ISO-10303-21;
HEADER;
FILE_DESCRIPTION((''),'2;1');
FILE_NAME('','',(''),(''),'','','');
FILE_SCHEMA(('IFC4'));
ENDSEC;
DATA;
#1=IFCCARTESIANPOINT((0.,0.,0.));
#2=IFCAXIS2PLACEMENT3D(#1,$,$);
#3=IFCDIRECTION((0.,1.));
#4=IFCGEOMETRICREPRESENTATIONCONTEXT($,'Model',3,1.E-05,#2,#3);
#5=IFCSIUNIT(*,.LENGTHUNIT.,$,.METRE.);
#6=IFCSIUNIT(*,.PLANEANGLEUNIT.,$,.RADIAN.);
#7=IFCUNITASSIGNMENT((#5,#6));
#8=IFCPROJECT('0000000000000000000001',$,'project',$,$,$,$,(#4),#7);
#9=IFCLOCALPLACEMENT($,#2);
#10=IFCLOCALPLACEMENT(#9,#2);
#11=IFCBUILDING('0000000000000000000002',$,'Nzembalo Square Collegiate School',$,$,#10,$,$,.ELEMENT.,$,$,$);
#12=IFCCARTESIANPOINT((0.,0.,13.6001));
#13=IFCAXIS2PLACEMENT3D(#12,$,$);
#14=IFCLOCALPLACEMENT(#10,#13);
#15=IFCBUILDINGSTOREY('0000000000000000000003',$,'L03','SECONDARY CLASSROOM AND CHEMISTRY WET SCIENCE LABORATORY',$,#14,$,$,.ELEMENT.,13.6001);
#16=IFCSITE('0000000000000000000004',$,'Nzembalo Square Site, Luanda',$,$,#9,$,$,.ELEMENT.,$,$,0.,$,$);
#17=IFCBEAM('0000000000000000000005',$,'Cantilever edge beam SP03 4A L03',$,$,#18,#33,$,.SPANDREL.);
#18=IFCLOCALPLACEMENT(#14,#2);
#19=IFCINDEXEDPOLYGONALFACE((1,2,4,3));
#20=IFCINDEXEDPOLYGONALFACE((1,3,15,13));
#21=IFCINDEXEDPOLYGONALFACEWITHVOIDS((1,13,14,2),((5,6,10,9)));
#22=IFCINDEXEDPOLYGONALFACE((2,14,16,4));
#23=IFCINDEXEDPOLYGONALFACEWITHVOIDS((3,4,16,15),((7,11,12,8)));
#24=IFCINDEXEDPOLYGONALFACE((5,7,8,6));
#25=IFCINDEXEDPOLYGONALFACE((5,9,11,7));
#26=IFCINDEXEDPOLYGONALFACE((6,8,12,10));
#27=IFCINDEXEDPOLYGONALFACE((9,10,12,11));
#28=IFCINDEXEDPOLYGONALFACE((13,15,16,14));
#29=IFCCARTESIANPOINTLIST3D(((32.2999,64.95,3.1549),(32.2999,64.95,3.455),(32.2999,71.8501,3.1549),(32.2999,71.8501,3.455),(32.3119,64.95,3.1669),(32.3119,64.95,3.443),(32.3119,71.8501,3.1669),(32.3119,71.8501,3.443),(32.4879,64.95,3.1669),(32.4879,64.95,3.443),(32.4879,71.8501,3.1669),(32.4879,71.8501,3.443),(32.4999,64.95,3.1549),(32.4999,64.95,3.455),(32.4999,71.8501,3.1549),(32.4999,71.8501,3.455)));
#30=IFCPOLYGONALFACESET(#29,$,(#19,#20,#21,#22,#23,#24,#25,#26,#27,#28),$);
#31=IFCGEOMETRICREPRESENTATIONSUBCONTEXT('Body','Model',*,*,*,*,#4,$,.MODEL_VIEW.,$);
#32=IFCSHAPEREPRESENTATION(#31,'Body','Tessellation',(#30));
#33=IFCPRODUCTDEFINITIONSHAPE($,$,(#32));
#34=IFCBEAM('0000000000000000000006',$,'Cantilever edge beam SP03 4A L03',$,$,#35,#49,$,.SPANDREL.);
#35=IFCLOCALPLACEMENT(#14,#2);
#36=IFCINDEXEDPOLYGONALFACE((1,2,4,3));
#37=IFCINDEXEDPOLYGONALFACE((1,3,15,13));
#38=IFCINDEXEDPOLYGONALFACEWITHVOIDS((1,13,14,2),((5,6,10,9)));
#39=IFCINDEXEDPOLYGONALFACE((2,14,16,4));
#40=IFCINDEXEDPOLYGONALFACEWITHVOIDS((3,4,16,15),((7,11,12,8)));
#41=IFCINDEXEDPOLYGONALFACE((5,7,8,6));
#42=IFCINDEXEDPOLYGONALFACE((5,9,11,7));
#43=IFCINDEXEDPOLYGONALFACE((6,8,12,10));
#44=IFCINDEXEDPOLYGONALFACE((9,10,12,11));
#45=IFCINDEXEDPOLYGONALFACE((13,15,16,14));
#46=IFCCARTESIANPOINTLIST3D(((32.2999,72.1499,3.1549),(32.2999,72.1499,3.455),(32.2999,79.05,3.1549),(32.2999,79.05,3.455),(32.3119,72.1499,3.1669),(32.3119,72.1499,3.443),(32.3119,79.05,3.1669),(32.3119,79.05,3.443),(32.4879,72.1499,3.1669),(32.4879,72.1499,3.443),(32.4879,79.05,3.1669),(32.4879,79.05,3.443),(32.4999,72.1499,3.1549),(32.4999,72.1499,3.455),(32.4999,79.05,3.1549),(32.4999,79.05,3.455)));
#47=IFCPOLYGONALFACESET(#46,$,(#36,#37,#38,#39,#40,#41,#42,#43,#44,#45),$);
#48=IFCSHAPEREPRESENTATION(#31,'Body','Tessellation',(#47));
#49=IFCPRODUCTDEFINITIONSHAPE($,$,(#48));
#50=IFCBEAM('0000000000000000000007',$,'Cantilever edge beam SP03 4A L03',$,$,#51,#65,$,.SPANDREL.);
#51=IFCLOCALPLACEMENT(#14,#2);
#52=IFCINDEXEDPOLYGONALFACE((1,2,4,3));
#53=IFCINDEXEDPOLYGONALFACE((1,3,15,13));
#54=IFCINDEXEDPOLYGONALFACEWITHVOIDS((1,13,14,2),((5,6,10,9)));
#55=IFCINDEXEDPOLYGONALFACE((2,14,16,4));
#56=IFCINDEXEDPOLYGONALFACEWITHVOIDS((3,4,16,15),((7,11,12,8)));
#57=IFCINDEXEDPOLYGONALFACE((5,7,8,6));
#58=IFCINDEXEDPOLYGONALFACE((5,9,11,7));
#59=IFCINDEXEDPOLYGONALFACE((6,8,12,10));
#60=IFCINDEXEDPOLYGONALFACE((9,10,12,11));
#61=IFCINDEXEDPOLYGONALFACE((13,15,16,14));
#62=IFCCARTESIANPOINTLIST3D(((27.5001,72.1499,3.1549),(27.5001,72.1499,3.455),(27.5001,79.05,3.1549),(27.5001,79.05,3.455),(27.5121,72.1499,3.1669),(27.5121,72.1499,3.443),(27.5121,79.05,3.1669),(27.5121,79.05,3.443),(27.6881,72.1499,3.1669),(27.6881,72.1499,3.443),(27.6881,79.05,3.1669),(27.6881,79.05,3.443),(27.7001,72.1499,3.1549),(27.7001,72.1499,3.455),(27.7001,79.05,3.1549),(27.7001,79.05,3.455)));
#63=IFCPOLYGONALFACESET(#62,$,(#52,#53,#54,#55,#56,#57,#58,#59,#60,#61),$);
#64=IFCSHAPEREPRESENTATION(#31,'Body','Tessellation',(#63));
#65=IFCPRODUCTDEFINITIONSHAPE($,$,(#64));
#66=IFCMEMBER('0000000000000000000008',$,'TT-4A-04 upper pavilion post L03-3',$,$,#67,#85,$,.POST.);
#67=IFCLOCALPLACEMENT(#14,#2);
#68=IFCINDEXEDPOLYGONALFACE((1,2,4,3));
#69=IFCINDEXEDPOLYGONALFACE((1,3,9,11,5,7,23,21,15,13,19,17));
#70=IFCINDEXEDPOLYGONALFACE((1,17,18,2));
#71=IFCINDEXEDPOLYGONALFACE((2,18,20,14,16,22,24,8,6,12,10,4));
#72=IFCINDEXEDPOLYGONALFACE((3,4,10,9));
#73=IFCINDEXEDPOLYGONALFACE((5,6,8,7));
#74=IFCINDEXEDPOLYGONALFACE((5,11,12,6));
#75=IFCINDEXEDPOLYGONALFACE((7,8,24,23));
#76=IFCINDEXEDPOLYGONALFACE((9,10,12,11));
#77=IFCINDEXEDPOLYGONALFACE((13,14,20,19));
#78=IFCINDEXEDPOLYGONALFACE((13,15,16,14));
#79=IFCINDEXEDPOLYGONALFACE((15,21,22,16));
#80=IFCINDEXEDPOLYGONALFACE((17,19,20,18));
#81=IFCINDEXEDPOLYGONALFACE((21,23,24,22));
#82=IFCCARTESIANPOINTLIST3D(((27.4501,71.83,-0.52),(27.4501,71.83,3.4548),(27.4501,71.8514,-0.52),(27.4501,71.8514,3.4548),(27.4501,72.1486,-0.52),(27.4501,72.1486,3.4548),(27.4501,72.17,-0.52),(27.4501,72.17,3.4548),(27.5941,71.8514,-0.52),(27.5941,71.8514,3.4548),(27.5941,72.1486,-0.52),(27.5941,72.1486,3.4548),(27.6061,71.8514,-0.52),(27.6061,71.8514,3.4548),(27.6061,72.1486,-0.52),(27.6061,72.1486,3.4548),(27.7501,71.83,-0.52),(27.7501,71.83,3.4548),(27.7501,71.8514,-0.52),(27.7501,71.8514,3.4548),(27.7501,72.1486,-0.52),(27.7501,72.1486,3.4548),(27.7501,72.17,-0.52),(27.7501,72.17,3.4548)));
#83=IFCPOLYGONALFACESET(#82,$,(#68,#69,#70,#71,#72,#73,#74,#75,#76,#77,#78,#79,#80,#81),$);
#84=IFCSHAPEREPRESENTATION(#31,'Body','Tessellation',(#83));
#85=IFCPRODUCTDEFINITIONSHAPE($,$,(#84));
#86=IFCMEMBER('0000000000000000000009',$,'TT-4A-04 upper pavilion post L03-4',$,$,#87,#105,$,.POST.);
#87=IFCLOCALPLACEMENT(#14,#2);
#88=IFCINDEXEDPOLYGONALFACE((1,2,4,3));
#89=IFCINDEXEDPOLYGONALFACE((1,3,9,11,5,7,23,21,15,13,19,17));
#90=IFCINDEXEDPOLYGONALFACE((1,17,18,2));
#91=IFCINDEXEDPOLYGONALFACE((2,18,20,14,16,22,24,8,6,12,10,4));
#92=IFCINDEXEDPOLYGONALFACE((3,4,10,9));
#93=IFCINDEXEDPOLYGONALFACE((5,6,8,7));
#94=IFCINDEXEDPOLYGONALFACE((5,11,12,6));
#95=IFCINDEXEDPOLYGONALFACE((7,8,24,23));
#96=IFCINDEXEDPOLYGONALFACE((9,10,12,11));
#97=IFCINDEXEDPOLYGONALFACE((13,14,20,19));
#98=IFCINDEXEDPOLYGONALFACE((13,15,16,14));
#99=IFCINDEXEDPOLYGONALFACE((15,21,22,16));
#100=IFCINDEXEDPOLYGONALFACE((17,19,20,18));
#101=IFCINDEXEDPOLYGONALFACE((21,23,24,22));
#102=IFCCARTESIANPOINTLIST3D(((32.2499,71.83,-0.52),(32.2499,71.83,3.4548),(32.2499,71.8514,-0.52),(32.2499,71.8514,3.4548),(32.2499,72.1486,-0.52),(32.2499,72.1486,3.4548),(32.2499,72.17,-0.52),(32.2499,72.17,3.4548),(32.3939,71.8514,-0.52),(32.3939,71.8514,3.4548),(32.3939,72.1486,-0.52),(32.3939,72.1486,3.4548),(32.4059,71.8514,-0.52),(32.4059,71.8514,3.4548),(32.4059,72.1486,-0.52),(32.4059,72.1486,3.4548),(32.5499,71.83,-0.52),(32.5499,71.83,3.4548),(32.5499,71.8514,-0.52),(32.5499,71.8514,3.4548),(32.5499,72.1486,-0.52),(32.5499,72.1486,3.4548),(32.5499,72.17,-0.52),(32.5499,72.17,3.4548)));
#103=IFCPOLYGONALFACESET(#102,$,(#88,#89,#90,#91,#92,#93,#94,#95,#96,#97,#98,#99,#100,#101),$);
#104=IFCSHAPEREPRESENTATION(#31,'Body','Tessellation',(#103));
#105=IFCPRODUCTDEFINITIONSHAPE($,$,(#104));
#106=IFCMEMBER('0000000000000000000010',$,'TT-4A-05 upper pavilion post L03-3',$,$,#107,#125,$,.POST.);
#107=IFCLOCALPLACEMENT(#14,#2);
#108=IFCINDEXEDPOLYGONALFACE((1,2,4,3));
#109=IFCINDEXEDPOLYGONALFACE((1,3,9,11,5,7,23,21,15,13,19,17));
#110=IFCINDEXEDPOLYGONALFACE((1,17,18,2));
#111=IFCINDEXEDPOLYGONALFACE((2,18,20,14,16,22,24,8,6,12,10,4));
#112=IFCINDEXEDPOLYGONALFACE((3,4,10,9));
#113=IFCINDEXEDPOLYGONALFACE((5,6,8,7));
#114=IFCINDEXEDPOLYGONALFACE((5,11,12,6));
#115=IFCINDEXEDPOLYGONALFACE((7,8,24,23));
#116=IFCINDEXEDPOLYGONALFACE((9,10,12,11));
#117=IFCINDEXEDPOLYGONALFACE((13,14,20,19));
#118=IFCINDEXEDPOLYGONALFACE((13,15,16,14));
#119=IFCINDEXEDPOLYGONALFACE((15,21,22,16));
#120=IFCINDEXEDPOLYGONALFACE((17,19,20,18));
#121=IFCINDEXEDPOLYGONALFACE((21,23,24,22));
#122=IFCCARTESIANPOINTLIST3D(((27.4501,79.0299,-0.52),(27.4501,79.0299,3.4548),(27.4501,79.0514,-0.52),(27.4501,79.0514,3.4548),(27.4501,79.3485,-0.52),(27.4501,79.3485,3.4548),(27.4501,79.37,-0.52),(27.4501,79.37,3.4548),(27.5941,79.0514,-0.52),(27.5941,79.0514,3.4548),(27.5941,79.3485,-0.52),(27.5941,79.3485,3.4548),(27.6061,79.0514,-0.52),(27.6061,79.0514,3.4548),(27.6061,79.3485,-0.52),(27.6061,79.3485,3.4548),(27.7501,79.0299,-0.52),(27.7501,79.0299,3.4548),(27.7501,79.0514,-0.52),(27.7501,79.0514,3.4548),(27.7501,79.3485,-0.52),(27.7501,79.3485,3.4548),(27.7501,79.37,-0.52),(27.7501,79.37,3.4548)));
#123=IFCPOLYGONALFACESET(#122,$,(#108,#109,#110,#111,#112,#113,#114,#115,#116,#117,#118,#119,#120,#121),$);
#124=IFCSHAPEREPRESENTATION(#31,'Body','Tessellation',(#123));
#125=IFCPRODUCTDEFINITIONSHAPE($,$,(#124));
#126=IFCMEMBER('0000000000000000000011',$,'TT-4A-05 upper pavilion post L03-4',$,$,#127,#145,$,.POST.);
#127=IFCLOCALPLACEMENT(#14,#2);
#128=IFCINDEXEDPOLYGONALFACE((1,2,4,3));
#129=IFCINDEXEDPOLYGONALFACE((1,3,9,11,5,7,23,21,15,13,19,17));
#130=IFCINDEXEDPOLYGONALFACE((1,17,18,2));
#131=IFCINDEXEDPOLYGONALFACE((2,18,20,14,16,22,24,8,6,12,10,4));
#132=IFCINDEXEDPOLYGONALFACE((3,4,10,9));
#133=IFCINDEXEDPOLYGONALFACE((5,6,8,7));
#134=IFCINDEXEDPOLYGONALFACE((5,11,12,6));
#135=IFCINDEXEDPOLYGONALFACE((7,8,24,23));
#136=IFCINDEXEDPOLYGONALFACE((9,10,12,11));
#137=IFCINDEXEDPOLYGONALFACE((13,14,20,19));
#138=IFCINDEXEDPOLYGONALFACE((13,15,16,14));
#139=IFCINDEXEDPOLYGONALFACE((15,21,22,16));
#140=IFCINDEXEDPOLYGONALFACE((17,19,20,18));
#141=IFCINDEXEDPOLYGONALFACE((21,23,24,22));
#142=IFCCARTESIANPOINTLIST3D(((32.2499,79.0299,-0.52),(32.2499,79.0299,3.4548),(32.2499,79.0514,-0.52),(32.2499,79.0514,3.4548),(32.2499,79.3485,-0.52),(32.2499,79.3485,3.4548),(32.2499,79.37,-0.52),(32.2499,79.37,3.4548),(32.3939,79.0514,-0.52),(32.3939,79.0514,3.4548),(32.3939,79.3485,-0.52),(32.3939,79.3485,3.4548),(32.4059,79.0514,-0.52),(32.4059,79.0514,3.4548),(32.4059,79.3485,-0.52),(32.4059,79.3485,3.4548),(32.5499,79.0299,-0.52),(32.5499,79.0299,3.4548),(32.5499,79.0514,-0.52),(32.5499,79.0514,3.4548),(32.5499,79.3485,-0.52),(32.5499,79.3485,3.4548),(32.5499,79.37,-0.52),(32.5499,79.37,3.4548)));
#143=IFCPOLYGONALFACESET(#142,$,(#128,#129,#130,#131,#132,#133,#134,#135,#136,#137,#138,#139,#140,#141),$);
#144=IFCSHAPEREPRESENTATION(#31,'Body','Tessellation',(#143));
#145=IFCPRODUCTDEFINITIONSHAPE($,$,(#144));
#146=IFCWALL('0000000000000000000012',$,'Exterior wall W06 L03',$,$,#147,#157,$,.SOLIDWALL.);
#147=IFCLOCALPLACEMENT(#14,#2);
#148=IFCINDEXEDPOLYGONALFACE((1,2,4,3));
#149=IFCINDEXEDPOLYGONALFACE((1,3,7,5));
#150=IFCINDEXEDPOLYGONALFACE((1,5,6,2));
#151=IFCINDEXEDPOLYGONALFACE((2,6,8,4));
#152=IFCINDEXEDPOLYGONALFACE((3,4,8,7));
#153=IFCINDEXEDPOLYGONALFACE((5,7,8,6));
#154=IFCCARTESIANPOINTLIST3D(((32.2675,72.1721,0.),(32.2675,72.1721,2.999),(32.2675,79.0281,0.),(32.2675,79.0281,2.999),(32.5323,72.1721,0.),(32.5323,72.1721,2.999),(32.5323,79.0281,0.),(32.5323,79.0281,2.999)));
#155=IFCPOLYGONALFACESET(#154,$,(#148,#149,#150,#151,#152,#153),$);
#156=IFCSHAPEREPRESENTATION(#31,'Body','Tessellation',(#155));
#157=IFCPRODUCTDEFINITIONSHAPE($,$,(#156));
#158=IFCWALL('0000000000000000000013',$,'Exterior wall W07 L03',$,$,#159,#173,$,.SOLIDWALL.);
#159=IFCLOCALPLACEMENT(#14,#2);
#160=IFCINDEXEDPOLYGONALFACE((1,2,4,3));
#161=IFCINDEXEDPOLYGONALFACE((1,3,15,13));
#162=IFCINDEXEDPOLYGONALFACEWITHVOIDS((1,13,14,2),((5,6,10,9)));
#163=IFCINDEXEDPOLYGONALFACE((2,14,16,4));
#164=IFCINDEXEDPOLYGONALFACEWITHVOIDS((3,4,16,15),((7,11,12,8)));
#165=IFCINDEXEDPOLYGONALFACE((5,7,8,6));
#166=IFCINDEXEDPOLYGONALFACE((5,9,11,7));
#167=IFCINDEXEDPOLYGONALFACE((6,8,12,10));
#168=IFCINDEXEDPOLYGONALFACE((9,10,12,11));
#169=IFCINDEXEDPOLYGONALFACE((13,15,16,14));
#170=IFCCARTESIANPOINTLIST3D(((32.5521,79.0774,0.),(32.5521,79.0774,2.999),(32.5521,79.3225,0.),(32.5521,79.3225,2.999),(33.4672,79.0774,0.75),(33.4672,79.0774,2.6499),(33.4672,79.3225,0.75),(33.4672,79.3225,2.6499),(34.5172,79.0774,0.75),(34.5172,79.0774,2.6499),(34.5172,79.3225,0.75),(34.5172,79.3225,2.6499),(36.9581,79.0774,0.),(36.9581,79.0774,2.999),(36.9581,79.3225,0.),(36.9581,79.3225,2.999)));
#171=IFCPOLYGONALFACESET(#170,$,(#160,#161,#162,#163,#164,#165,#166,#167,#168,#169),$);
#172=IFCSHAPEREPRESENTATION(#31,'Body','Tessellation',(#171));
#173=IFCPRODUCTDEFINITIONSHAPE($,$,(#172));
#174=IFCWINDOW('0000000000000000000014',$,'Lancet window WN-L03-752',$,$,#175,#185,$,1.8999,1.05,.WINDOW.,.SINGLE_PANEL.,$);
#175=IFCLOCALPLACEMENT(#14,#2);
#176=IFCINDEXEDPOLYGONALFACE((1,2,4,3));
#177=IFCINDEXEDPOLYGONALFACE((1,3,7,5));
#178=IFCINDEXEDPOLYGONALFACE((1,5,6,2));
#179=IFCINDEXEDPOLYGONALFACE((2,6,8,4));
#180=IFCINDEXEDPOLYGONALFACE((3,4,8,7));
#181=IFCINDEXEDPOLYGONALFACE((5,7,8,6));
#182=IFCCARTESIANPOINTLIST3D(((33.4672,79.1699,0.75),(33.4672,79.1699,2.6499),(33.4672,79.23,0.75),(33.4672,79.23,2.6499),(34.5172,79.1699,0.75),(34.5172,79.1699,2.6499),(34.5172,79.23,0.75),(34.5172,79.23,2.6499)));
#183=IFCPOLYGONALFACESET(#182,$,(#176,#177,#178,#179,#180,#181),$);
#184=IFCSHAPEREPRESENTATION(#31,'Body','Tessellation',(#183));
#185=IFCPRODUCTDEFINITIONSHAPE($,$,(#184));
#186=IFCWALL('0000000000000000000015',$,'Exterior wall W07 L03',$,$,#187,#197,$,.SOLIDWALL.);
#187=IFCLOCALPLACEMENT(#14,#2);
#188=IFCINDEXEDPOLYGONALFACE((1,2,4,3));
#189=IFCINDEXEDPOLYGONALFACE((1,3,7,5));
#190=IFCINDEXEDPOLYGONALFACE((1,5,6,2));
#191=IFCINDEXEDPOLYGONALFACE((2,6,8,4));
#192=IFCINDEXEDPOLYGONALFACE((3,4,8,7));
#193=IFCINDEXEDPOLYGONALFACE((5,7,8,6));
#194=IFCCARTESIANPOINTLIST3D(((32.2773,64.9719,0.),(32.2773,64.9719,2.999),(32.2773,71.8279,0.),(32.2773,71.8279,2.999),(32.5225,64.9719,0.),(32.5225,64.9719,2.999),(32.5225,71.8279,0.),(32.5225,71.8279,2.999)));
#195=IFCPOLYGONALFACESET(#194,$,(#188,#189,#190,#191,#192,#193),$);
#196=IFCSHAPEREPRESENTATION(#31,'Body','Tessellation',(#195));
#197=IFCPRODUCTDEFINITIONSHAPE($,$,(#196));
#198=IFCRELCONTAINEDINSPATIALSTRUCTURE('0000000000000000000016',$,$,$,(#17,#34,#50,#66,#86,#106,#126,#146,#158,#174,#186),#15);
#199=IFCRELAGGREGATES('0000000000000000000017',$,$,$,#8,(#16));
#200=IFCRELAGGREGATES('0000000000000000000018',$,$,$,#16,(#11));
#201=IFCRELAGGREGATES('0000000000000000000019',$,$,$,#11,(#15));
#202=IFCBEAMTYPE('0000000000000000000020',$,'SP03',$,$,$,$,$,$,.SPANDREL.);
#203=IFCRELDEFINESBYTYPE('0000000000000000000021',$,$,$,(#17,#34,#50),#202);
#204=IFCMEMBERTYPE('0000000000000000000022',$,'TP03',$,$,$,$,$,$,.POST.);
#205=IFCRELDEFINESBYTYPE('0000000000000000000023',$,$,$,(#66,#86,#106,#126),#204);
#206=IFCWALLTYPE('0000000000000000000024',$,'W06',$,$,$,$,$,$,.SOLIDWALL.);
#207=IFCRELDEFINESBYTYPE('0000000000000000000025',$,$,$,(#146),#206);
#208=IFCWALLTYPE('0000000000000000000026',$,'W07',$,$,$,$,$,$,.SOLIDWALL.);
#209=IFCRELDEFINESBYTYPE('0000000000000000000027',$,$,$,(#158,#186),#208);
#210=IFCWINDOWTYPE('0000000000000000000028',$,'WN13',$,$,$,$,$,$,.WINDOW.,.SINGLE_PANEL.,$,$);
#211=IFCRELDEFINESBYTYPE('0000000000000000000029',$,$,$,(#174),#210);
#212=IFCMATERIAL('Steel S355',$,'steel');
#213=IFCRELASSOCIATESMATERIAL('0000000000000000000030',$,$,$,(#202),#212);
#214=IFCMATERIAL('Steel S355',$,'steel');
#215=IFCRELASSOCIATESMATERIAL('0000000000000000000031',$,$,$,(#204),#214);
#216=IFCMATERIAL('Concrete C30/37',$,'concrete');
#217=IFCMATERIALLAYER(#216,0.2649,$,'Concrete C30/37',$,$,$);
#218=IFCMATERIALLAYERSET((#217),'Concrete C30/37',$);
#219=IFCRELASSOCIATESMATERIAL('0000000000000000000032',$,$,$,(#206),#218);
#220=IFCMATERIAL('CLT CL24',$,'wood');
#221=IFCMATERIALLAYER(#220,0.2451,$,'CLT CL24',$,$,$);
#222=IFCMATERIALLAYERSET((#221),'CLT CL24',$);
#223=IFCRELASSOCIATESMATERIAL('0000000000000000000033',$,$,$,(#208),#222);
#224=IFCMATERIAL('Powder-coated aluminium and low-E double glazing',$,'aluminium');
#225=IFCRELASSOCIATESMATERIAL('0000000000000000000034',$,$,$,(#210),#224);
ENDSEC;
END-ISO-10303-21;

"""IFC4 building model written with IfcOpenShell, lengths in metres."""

from ifc_helpers import new_model, si_unit, direction, frame, frame_2d, origin, origin_2d, place, context, subcontext, project, spatial, rectangle, hollow_rectangle, i_section, extrude, material, layer, layer_set, material_profile, profile_set, type_object, element, fill, save


model = new_model("IFC4")

# Units and contexts
model_context = context("Model", 3, precision=1e-05, world=origin(), true_north=direction((0.0, 1.0)))
body_context = subcontext(model_context, "Body", "Model", "MODEL_VIEW")
ifc_project = project(units=[si_unit("LENGTHUNIT", "METRE"), si_unit("PLANEANGLEUNIT", "RADIAN")], contexts=[model_context])

# Site, building, storey
site_placement = place(None, origin())
site = spatial("IfcSite", under=ifc_project, at=site_placement, Name="Nzembalo Square Site, Luanda", CompositionType="ELEMENT", RefElevation=0.0)
building_placement = place(site_placement, origin())
building = spatial("IfcBuilding", under=site, at=building_placement, Name="Nzembalo Square Collegiate School", CompositionType="ELEMENT")
storey_placement = place(building_placement, frame((0.0, 0.0, 13.6001)))
storey = spatial("IfcBuildingStorey", under=building, at=storey_placement, Name="L03", Description="SECONDARY CLASSROOM AND CHEMISTRY WET SCIENCE LABORATORY", CompositionType="ELEMENT", Elevation=13.6001)

# Beams
ifc_material_1 = material(Name="Steel S355", Category="steel")
ifc_material_profile_1 = material_profile(ifc_material_1, hollow_rectangle(XDim=0.2, YDim=0.3, WallThickness=0.012, at=origin_2d()), Name="RHS 300x200x12")
ifc_profile_set_1 = profile_set([ifc_material_profile_1], Name="Steel S355")
beam_type_1 = type_object("IfcBeamType", Name="SP03", PredefinedType="SPANDREL", material=ifc_profile_set_1)
for number, where, z_axis, x_axis, name in (
    (1, (32.3999, 64.95, 3.3049), (0.0, 1.0, 0.0), (-1.0, 0.0, 0.0), "Cantilever edge beam SP03 4A L03"),
    (2, (32.3999, 72.1499, 3.3049), (0.0, 1.0, 0.0), (-1.0, 0.0, 0.0), "Cantilever edge beam SP03 4A L03"),
    (3, (27.6001, 72.1499, 3.3049), (0.0, 1.0, 0.0), (-1.0, 0.0, 0.0), "Cantilever edge beam SP03 4A L03"),
):
    element("IfcBeam", number, at=place(storey_placement, frame(where, z_axis=z_axis, x_axis=x_axis)), inside=storey, type_object=beam_type_1, Name=name, PredefinedType="SPANDREL", context=body_context, shape_type="SweptSolid", body=[
        extrude(hollow_rectangle(XDim=0.2, YDim=0.3, WallThickness=0.012, at=origin_2d()), origin(), (0.0, 0.0, 1.0), 6.9001),
    ])

# Members
ifc_material_2 = material(Name="Steel S355", Category="steel")
ifc_material_profile_2 = material_profile(ifc_material_2, i_section(OverallWidth=0.3, OverallDepth=0.3401, WebThickness=0.012, FlangeThickness=0.0215, at=origin_2d()), Name="HEB 340")
ifc_profile_set_2 = profile_set([ifc_material_profile_2], Name="Steel S355")
member_type = type_object("IfcMemberType", Name="TP03", PredefinedType="POST", material=ifc_profile_set_2)
for number, where, z_axis, x_axis, name in (
    (4, (27.6001, 72.0, -0.52), (0.0, 0.0, 1.0), (1.0, 0.0, 0.0), "TT-4A-04 upper pavilion post L03-3"),
    (5, (32.3999, 72.0, -0.52), (0.0, 0.0, 1.0), (1.0, 0.0, 0.0), "TT-4A-04 upper pavilion post L03-4"),
    (6, (27.6001, 79.2, -0.52), (0.0, 0.0, 1.0), (1.0, 0.0, 0.0), "TT-4A-05 upper pavilion post L03-3"),
    (7, (32.3999, 79.2, -0.52), (0.0, 0.0, 1.0), (1.0, 0.0, 0.0), "TT-4A-05 upper pavilion post L03-4"),
):
    element("IfcMember", number, at=place(storey_placement, frame(where, z_axis=z_axis, x_axis=x_axis)), inside=storey, type_object=member_type, Name=name, PredefinedType="POST", context=body_context, shape_type="SweptSolid", body=[
        extrude(i_section(OverallWidth=0.3, OverallDepth=0.3401, WebThickness=0.012, FlangeThickness=0.0215, at=origin_2d()), origin(), (0.0, 0.0, 1.0), 3.9749),
    ])

# Wall
ifc_material_3 = material(Name="Concrete C30/37", Category="concrete")
ifc_layer_1 = layer(ifc_material_3, 0.2649, Name="Concrete C30/37")
ifc_layer_set_1 = layer_set([ifc_layer_1], Name="Concrete C30/37")
wall_type_1 = type_object("IfcWallType", Name="W06", PredefinedType="SOLIDWALL", material=ifc_layer_set_1)
wall_1_placement = place(storey_placement, frame((32.3999, 72.1721, 0.0), z_axis=(0.0, 0.0, 1.0), x_axis=(0.0, 1.0, 0.0)))
element("IfcWall", 8, at=wall_1_placement, inside=storey, type_object=wall_type_1, Name="Exterior wall W06 L03", PredefinedType="SOLIDWALL", context=body_context, shape_type="SweptSolid", body=[
    extrude(rectangle(XDim=6.856, YDim=0.2649, at=frame_2d((3.428, 0.0))), origin(), (0.0, 0.0, 1.0), 2.999),
])

# Wall, opening, window
ifc_material_4 = material(Name="CLT CL24", Category="wood")
ifc_layer_2 = layer(ifc_material_4, 0.2451, Name="CLT CL24")
ifc_layer_set_2 = layer_set([ifc_layer_2], Name="CLT CL24")
wall_type_2 = type_object("IfcWallType", Name="W07", PredefinedType="SOLIDWALL", material=ifc_layer_set_2)
wall_2_placement = place(storey_placement, frame((32.552, 79.2, 0.0), z_axis=(0.0, 0.0, 1.0), x_axis=(1.0, 0.0, 0.0)))
wall_2 = element("IfcWall", 9, at=wall_2_placement, inside=storey, type_object=wall_type_2, Name="Exterior wall W07 L03", PredefinedType="SOLIDWALL", context=body_context, shape_type="SweptSolid", body=[
    extrude(rectangle(XDim=4.406, YDim=0.2451, at=frame_2d((2.2031, 0.0))), origin(), (0.0, 0.0, 1.0), 2.999),
])
opening_1_placement = place(wall_2_placement, frame((0.9153, 0.0, 0.75)))
opening_1 = element("IfcOpeningElement", 10, at=opening_1_placement, cuts=wall_2, PredefinedType="OPENING", context=body_context, shape_type="SweptSolid", body=[
    extrude(rectangle(XDim=1.05, YDim=1.8999, at=frame_2d((0.5249, 0.95))), frame((0.0, 0.1326, 0.0), z_axis=(0.0, -1.0, 0.0), x_axis=(1.0, 0.0, 0.0)), (0.0, 0.0, 1.0), 0.2651),
])
ifc_material_5 = material(Name="Powder-coated aluminium and low-E double glazing", Category="aluminium")
window_type = type_object("IfcWindowType", Name="WN13", PartitioningType="SINGLE_PANEL", PredefinedType="WINDOW", material=ifc_material_5)
window_placement = place(opening_1_placement, origin())
window = element("IfcWindow", 11, at=window_placement, inside=storey, type_object=window_type, Name="Lancet window WN-L03-752", OverallHeight=1.8999, OverallWidth=1.05, PartitioningType="SINGLE_PANEL", PredefinedType="WINDOW", context=body_context, shape_type="SweptSolid", body=[
    extrude(rectangle(XDim=1.05, YDim=1.8999, at=frame_2d((0.5249, 0.95))), frame((0.0, 0.03, 0.0), z_axis=(0.0, -1.0, 0.0), x_axis=(1.0, 0.0, 0.0)), (0.0, 0.0, 1.0), 0.0601),
])
fill(opening_1, window)

# Wall
wall_3_placement = place(storey_placement, frame((32.3999, 64.9719, 0.0), z_axis=(0.0, 0.0, 1.0), x_axis=(0.0, 1.0, 0.0)))
element("IfcWall", 12, at=wall_3_placement, inside=storey, type_object=wall_type_2, Name="Exterior wall W07 L03", PredefinedType="SOLIDWALL", context=body_context, shape_type="SweptSolid", body=[
    extrude(rectangle(XDim=6.856, YDim=0.2451, at=frame_2d((3.428, 0.0))), origin(), (0.0, 0.0, 1.0), 2.999),
])

save(model, "model.ifc")
